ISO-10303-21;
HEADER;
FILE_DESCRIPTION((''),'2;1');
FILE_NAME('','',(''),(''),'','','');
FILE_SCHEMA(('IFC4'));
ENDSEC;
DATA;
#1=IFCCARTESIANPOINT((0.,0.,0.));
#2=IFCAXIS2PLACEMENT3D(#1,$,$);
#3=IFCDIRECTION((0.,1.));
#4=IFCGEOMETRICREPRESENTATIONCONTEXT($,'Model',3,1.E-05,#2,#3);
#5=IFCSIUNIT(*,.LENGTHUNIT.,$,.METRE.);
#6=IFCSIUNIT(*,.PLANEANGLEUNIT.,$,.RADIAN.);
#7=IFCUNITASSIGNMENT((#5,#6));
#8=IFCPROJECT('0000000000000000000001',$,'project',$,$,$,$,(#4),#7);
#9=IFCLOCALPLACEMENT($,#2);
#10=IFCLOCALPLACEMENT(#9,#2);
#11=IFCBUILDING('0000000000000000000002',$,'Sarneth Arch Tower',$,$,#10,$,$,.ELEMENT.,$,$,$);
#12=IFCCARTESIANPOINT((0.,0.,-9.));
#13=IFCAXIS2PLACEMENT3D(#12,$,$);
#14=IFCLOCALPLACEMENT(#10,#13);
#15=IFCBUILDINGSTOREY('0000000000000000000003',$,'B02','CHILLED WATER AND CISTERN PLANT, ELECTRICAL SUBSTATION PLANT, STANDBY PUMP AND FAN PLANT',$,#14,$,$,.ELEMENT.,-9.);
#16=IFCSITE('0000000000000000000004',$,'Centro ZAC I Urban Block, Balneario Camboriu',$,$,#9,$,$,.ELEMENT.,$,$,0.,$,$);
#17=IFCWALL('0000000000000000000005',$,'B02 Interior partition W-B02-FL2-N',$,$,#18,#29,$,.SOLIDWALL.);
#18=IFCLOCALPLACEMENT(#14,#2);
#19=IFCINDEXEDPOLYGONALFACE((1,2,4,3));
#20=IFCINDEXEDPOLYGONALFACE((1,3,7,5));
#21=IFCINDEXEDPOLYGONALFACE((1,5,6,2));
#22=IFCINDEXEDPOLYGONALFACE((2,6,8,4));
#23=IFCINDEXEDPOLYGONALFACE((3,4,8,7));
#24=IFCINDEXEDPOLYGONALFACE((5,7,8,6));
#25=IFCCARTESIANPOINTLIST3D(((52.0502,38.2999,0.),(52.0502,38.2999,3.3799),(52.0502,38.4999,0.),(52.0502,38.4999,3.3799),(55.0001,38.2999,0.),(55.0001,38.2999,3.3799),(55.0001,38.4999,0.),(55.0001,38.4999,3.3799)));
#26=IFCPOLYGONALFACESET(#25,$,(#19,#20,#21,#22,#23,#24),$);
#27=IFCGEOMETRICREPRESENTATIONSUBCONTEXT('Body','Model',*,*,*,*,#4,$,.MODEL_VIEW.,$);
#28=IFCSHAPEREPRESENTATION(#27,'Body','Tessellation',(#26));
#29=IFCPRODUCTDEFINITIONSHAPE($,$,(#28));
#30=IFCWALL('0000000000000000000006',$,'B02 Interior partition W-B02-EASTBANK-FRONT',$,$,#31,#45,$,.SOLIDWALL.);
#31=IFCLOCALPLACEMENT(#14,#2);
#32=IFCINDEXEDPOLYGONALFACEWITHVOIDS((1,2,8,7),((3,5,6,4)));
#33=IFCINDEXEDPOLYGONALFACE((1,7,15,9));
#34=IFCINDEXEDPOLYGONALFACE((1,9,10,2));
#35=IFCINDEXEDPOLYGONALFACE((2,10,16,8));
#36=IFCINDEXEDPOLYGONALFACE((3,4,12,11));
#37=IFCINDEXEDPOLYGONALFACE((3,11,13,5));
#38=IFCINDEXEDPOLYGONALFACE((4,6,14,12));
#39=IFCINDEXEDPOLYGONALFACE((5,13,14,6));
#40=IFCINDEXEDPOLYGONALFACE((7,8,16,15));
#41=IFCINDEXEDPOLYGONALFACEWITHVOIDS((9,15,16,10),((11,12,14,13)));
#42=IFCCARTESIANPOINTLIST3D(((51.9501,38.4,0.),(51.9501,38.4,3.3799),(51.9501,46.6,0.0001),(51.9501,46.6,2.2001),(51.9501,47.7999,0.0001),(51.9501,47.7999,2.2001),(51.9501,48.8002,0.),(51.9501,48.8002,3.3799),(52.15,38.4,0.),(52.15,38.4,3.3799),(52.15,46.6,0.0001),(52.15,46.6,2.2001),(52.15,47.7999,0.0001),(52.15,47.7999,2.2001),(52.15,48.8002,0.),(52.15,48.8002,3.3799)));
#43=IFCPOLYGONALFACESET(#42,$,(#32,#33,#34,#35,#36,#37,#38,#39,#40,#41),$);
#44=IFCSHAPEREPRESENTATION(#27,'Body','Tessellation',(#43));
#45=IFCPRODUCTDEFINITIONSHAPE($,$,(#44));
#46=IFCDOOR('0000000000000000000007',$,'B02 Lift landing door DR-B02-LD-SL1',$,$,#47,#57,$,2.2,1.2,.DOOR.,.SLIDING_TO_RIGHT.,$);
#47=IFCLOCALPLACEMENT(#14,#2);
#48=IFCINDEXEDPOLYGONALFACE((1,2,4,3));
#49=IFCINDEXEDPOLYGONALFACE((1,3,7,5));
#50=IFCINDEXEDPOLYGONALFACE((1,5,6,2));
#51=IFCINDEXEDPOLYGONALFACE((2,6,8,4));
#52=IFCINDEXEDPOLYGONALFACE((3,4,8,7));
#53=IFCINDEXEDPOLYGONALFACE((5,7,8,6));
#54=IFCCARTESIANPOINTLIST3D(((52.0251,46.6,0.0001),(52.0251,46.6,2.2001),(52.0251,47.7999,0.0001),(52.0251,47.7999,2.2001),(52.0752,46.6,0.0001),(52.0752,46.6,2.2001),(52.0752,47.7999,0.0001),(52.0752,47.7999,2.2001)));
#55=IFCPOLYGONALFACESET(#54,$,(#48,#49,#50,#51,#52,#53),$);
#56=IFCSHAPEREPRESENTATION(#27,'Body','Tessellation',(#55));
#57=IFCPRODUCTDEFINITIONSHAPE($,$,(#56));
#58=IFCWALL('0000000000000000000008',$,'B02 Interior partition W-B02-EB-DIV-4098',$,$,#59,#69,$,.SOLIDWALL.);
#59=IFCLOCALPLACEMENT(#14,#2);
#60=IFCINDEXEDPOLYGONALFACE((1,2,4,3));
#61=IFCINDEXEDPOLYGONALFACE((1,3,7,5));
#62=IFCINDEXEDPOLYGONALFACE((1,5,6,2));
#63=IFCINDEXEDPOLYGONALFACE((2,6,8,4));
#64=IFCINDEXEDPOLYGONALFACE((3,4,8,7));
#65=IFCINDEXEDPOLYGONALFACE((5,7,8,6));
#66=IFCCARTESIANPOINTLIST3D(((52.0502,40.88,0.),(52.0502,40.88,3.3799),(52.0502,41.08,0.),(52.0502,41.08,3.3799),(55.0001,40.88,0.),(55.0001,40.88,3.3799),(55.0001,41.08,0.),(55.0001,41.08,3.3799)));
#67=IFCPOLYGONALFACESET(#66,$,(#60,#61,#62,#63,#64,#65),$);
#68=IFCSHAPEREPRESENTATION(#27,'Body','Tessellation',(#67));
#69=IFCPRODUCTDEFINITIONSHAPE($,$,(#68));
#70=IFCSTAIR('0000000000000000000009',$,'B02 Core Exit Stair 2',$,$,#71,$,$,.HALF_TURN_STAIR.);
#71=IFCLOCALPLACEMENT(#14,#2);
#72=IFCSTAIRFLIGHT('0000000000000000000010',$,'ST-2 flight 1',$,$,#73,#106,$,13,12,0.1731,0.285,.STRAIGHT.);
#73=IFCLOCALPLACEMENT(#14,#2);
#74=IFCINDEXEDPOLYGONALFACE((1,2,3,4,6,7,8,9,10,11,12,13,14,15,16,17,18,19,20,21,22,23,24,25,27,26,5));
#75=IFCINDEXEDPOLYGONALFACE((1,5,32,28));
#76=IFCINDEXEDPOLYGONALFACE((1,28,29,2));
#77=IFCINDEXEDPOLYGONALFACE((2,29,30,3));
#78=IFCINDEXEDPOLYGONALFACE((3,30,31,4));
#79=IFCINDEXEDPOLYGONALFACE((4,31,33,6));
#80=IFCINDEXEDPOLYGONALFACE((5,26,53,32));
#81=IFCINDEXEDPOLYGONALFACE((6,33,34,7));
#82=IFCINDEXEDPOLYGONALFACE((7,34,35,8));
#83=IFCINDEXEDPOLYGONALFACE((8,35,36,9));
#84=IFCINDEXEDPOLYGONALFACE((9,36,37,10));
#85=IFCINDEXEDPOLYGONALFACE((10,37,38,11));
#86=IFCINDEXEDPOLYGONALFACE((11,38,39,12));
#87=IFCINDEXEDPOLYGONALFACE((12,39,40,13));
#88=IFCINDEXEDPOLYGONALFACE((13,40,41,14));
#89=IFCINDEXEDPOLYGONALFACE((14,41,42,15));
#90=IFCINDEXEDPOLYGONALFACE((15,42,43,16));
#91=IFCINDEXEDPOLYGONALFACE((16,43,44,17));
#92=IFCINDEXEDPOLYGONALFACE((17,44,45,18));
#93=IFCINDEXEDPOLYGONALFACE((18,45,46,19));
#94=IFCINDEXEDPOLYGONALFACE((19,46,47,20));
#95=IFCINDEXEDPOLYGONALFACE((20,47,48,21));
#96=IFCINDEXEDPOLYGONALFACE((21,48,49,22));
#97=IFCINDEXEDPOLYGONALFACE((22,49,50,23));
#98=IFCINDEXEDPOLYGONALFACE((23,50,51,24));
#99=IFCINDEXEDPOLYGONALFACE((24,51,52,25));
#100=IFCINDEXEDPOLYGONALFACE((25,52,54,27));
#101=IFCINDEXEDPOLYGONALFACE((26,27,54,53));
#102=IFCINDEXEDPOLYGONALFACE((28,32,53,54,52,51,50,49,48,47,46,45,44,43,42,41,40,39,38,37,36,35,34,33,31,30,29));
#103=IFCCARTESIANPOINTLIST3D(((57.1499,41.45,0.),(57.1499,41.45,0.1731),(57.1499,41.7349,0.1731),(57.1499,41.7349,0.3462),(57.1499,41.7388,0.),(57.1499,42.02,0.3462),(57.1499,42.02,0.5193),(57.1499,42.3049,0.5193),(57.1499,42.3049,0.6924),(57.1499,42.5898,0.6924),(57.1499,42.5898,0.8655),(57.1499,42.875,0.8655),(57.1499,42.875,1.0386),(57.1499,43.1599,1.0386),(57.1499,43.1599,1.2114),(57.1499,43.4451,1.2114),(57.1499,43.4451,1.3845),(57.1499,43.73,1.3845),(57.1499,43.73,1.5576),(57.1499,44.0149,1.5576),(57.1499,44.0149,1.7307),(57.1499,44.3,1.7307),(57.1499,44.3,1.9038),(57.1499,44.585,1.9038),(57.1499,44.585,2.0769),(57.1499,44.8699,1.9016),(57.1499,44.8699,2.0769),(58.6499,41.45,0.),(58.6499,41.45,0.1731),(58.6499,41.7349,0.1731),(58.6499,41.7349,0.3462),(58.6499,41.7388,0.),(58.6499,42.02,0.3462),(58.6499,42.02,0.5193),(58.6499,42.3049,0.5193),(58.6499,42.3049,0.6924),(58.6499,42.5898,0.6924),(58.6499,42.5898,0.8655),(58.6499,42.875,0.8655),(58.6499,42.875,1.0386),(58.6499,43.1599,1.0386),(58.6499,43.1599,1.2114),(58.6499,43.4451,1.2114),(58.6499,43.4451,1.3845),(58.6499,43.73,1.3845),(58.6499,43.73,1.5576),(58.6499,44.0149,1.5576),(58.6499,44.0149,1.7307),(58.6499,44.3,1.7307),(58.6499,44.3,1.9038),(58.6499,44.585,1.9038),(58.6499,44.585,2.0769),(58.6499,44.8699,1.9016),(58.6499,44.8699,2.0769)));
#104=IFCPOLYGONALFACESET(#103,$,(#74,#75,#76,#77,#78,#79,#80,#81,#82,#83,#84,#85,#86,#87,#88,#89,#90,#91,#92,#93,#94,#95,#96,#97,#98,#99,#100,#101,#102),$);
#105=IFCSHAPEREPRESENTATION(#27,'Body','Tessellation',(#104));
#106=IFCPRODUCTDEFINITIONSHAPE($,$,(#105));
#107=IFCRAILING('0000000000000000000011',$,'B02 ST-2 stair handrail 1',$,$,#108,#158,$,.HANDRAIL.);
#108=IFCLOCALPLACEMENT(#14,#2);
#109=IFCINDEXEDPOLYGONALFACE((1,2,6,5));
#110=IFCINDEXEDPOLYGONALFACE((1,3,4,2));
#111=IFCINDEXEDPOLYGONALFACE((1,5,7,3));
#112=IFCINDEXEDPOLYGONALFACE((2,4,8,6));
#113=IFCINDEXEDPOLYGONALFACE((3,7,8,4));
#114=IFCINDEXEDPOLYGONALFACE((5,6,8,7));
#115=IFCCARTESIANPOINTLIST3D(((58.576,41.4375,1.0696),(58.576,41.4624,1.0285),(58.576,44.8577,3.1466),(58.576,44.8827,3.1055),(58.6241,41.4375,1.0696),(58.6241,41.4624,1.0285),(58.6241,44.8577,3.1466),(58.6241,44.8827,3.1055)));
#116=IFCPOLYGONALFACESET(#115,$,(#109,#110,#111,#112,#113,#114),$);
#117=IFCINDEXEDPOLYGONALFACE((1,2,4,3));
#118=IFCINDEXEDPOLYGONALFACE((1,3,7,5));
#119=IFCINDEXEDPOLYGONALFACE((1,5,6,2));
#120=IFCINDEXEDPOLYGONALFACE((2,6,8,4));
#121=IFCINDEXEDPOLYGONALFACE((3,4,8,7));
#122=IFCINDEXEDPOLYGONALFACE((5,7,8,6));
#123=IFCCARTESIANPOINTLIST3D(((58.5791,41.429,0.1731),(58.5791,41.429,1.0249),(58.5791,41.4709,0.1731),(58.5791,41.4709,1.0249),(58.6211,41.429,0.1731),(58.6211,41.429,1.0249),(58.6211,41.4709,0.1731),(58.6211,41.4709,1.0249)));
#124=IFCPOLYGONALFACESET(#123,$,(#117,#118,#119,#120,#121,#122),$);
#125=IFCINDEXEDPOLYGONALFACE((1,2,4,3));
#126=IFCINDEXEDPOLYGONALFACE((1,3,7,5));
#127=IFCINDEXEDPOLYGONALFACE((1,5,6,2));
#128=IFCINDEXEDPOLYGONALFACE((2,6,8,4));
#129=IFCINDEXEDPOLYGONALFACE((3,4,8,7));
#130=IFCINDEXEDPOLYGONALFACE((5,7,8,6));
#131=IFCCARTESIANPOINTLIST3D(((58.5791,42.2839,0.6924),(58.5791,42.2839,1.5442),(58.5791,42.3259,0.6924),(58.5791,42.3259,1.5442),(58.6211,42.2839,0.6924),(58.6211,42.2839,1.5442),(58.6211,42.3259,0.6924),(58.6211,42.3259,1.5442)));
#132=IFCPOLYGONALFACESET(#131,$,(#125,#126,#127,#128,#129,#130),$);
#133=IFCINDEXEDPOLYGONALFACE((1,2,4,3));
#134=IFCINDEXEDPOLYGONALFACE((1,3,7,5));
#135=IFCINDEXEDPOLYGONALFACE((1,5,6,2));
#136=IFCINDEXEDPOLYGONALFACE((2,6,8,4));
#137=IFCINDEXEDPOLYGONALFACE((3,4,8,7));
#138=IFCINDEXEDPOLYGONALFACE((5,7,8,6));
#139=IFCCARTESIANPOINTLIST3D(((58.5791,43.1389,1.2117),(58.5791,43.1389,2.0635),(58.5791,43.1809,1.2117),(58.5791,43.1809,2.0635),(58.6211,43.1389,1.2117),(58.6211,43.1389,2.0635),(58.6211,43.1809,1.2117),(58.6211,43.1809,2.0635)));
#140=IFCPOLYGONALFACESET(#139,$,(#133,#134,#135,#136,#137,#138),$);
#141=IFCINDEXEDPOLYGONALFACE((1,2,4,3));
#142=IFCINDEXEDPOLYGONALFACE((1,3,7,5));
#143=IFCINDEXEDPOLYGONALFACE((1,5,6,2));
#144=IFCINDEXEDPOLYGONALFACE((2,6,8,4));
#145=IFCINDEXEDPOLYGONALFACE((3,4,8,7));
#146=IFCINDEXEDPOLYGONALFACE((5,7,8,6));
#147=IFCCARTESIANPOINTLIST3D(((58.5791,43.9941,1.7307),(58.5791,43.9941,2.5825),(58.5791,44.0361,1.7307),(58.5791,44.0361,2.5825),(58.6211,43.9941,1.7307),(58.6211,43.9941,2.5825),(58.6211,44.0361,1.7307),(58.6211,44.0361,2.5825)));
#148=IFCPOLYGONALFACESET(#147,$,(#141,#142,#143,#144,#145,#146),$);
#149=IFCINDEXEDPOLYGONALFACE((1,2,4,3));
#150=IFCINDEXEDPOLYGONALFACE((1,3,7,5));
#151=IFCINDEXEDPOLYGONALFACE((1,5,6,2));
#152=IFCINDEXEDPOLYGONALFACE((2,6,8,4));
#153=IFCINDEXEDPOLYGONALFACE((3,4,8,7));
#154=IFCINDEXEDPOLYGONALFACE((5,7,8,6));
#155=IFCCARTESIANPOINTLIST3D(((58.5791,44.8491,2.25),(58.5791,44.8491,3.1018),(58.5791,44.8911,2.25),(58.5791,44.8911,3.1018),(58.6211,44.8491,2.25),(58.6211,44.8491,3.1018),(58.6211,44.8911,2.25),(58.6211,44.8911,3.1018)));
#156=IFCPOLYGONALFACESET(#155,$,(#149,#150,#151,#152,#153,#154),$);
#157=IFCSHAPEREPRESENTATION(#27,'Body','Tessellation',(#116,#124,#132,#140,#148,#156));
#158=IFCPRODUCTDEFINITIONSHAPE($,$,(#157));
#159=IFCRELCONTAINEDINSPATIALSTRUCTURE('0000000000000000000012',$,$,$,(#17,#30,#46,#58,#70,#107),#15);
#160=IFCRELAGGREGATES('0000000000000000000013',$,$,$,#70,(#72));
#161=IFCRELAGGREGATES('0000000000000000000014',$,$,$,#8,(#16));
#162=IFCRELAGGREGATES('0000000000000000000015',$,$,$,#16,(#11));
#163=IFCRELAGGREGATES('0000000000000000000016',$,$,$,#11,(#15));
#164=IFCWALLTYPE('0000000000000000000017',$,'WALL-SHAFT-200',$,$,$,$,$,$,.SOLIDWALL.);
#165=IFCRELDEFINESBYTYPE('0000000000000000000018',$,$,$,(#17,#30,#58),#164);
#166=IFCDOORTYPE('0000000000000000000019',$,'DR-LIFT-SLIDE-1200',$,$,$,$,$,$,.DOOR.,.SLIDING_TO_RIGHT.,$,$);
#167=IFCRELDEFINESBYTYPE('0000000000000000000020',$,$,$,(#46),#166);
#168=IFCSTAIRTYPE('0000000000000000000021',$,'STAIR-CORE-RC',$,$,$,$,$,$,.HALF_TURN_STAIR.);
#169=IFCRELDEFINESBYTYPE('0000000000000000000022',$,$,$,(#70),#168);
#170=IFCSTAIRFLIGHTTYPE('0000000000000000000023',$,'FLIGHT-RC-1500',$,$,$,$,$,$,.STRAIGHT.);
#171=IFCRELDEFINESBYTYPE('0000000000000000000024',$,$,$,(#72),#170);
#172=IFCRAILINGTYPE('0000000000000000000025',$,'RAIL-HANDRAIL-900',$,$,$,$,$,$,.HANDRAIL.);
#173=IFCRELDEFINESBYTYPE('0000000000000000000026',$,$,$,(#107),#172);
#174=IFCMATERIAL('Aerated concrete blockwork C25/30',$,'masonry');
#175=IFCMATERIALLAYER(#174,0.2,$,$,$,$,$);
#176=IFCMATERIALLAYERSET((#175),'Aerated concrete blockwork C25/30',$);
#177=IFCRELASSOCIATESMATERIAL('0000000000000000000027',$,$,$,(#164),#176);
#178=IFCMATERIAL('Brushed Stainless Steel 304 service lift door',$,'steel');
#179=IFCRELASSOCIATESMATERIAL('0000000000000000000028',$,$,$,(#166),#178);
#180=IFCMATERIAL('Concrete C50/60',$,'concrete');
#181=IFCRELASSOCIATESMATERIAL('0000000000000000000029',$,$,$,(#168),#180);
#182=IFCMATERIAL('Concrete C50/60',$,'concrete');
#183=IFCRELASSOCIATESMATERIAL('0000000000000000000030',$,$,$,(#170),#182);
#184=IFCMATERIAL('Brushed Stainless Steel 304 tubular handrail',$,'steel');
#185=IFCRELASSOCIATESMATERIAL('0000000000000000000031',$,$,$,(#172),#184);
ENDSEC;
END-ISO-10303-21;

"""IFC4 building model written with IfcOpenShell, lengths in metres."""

from ifc_helpers import new_model, si_unit, direction, frame, frame_2d, origin, origin_2d, place, context, subcontext, project, spatial, polyline, rectangle, outline, extrude, material, layer, layer_set, type_object, element, fill, aggregate, save


model = new_model("IFC4")

# Units and contexts
model_context = context("Model", 3, precision=1e-05, world=origin(), true_north=direction((0.0, 1.0)))
body_context = subcontext(model_context, "Body", "Model", "MODEL_VIEW")
ifc_project = project(units=[si_unit("LENGTHUNIT", "METRE"), si_unit("PLANEANGLEUNIT", "RADIAN")], contexts=[model_context])

# Site, building, storey
site_placement = place(None, origin())
site = spatial("IfcSite", under=ifc_project, at=site_placement, Name="Centro ZAC I Urban Block, Balneario Camboriu", CompositionType="ELEMENT", RefElevation=0.0)
building_placement = place(site_placement, origin())
building = spatial("IfcBuilding", under=site, at=building_placement, Name="Sarneth Arch Tower", CompositionType="ELEMENT")
storey_placement = place(building_placement, frame((0.0, 0.0, -9.0)))
storey = spatial("IfcBuildingStorey", under=building, at=storey_placement, Name="B02", Description="CHILLED WATER AND CISTERN PLANT, ELECTRICAL SUBSTATION PLANT, STANDBY PUMP AND FAN PLANT", CompositionType="ELEMENT", Elevation=-9.0)

# Shared definitions
ifc_material_1 = material(Name="Aerated concrete blockwork C25/30", Category="masonry")
ifc_layer_1 = layer(ifc_material_1, 0.2)
ifc_layer_set_1 = layer_set([ifc_layer_1], Name="Aerated concrete blockwork C25/30")
wall_type_1 = type_object("IfcWallType", Name="WALL-SHAFT-200", PredefinedType="SOLIDWALL", material=ifc_layer_set_1)

# Wall
wall_1_placement = place(storey_placement, frame((52.05, 38.3999, 0.0), z_axis=(0.0, 0.0, 1.0), x_axis=(1.0, 0.0, 0.0)))
element("IfcWall", 1, at=wall_1_placement, inside=storey, type_object=wall_type_1, Name="B02 Interior partition W-B02-FL2-N", PredefinedType="SOLIDWALL", context=body_context, shape_type="SweptSolid", body=[
    extrude(rectangle(XDim=2.95, YDim=0.2, at=frame_2d((1.4751, 0.0))), origin(), (0.0, 0.0, 1.0), 3.3799),
])

# Wall, opening, door
wall_2_placement = place(storey_placement, frame((52.05, 38.3999, 0.0), z_axis=(0.0, 0.0, 1.0), x_axis=(0.0, 1.0, 0.0)))
wall_2 = element("IfcWall", 2, at=wall_2_placement, inside=storey, type_object=wall_type_1, Name="B02 Interior partition W-B02-EASTBANK-FRONT", PredefinedType="SOLIDWALL", context=body_context, shape_type="SweptSolid", body=[
    extrude(rectangle(XDim=10.4001, YDim=0.2, at=frame_2d((5.2002, 0.0))), origin(), (0.0, 0.0, 1.0), 3.3799),
])
opening_1_placement = place(wall_2_placement, frame((8.2, 0.0, 0.0)))
opening_1 = element("IfcOpeningElement", 3, at=opening_1_placement, cuts=wall_2, PredefinedType="OPENING", context=body_context, shape_type="SweptSolid", body=[
    extrude(rectangle(XDim=1.2, YDim=2.2, at=frame_2d((0.6001, 1.1001))), frame((0.0, 0.1099, 0.0), z_axis=(0.0, -1.0, 0.0), x_axis=(1.0, 0.0, 0.0)), (0.0, 0.0, 1.0), 0.22),
])
ifc_material_2 = material(Name="Brushed Stainless Steel 304 service lift door", Category="steel")
door_type_1 = type_object("IfcDoorType", Name="DR-LIFT-SLIDE-1200", OperationType="SLIDING_TO_RIGHT", PredefinedType="DOOR", material=ifc_material_2)
door_1_placement = place(opening_1_placement, origin())
door_1 = element("IfcDoor", 4, at=door_1_placement, inside=storey, type_object=door_type_1, Name="B02 Lift landing door DR-B02-LD-SL1", OperationType="SLIDING_TO_RIGHT", OverallHeight=2.2, OverallWidth=1.2, PredefinedType="DOOR", context=body_context, shape_type="SweptSolid", body=[
    extrude(rectangle(XDim=1.2, YDim=2.2, at=frame_2d((0.6001, 1.1001))), frame((0.0, 0.0249, 0.0), z_axis=(0.0, -1.0, 0.0), x_axis=(1.0, 0.0, 0.0)), (0.0, 0.0, 1.0), 0.05),
])
fill(opening_1, door_1)

# Wall
wall_3_placement = place(storey_placement, frame((52.05, 40.98, 0.0), z_axis=(0.0, 0.0, 1.0), x_axis=(1.0, 0.0, 0.0)))
element("IfcWall", 5, at=wall_3_placement, inside=storey, type_object=wall_type_1, Name="B02 Interior partition W-B02-EB-DIV-4098", PredefinedType="SOLIDWALL", context=body_context, shape_type="SweptSolid", body=[
    extrude(rectangle(XDim=2.95, YDim=0.2, at=frame_2d((1.4751, 0.0))), origin(), (0.0, 0.0, 1.0), 3.3799),
])

# Stair, stair flight
ifc_material_3 = material(Name="Concrete C50/60", Category="concrete")
stair_type = type_object("IfcStairType", Name="STAIR-CORE-RC", PredefinedType="HALF_TURN_STAIR", material=ifc_material_3)
stair_placement = place(storey_placement, origin())
stair = element("IfcStair", 6, at=stair_placement, inside=storey, type_object=stair_type, Name="B02 Core Exit Stair 2", PredefinedType="HALF_TURN_STAIR")
ifc_material_4 = material(Name="Concrete C50/60", Category="concrete")
stair_flight_type = type_object("IfcStairFlightType", Name="FLIGHT-RC-1500", PredefinedType="STRAIGHT", material=ifc_material_4)
stair_flight_placement = place(storey_placement, frame((57.8999, 41.45, 0.0), z_axis=(0.0, 0.0, 1.0), x_axis=(0.0, 1.0, 0.0)))
stair_flight = element("IfcStairFlight", 7, at=stair_flight_placement, type_object=stair_flight_type, Name="ST-2 flight 1", NumberOfRisers=13, NumberOfTreads=12, PredefinedType="STRAIGHT", RiserHeight=0.1731, TreadLength=0.285, context=body_context, shape_type="SweptSolid", body=[
    extrude(outline(polyline([(0.0, 0.0), (0.0, 0.1731), (0.2849, 0.1731), (0.2849, 0.3462), (0.5701, 0.3462), (0.5701, 0.5193), (0.855, 0.5193), (0.855, 0.6924), (1.1399, 0.6924), (1.1399, 0.8655), (1.425, 0.8655), (1.425, 1.0386), (1.71, 1.0386), (1.71, 1.2114), (1.9951, 1.2114), (1.9951, 1.3845), (2.28, 1.3845), (2.28, 1.5576), (2.5649, 1.5576), (2.5649, 1.7307), (2.8501, 1.7307), (2.8501, 1.9038), (3.135, 1.9038), (3.135, 2.0769), (3.4199, 2.0769), (3.4199, 2.25), (3.4199, 1.9016), (0.2888, 0.0), (0.0, 0.0)])), frame((0.0, 0.75, 0.0), z_axis=(0.0, -1.0, 0.0), x_axis=(1.0, 0.0, 0.0)), (0.0, 0.0, 1.0), 1.5),
])
aggregate(stair, [stair_flight])

# Railing
ifc_material_5 = material(Name="Brushed Stainless Steel 304 tubular handrail", Category="steel")
railing_type_1 = type_object("IfcRailingType", Name="RAIL-HANDRAIL-900", PredefinedType="HANDRAIL", material=ifc_material_5)
railing_1_placement = place(storey_placement, frame((58.6001, 41.45, 0.1731)))
element("IfcRailing", 8, at=railing_1_placement, inside=storey, type_object=railing_type_1, Name="B02 ST-2 stair handrail 1", PredefinedType="HANDRAIL", context=body_context, shape_type="SweptSolid", body=[
    extrude(rectangle(XDim=0.0481, YDim=0.0481, at=origin_2d()), frame((0.0, 0.0, 0.876), z_axis=(0.0, 0.854746, 0.519047), x_axis=(-1.0, 0.0, 0.0)), (0.0, 0.0, 1.0), 4.0015),
    extrude(rectangle(XDim=0.042, YDim=0.042, at=origin_2d()), origin(), (0.0, 0.0, 1.0), 0.8518),
    extrude(rectangle(XDim=0.042, YDim=0.042, at=origin_2d()), frame((0.0, 0.855, 0.5193)), (0.0, 0.0, 1.0), 0.8518),
    extrude(rectangle(XDim=0.042, YDim=0.042, at=origin_2d()), frame((0.0, 1.71, 1.0386)), (0.0, 0.0, 1.0), 0.8518),
    extrude(rectangle(XDim=0.042, YDim=0.042, at=origin_2d()), frame((0.0, 2.5652, 1.5576)), (0.0, 0.0, 1.0), 0.8518),
    extrude(rectangle(XDim=0.042, YDim=0.042, at=origin_2d()), frame((0.0, 3.4202, 2.0769)), (0.0, 0.0, 1.0), 0.8518),
])

save(model, "model.ifc")
